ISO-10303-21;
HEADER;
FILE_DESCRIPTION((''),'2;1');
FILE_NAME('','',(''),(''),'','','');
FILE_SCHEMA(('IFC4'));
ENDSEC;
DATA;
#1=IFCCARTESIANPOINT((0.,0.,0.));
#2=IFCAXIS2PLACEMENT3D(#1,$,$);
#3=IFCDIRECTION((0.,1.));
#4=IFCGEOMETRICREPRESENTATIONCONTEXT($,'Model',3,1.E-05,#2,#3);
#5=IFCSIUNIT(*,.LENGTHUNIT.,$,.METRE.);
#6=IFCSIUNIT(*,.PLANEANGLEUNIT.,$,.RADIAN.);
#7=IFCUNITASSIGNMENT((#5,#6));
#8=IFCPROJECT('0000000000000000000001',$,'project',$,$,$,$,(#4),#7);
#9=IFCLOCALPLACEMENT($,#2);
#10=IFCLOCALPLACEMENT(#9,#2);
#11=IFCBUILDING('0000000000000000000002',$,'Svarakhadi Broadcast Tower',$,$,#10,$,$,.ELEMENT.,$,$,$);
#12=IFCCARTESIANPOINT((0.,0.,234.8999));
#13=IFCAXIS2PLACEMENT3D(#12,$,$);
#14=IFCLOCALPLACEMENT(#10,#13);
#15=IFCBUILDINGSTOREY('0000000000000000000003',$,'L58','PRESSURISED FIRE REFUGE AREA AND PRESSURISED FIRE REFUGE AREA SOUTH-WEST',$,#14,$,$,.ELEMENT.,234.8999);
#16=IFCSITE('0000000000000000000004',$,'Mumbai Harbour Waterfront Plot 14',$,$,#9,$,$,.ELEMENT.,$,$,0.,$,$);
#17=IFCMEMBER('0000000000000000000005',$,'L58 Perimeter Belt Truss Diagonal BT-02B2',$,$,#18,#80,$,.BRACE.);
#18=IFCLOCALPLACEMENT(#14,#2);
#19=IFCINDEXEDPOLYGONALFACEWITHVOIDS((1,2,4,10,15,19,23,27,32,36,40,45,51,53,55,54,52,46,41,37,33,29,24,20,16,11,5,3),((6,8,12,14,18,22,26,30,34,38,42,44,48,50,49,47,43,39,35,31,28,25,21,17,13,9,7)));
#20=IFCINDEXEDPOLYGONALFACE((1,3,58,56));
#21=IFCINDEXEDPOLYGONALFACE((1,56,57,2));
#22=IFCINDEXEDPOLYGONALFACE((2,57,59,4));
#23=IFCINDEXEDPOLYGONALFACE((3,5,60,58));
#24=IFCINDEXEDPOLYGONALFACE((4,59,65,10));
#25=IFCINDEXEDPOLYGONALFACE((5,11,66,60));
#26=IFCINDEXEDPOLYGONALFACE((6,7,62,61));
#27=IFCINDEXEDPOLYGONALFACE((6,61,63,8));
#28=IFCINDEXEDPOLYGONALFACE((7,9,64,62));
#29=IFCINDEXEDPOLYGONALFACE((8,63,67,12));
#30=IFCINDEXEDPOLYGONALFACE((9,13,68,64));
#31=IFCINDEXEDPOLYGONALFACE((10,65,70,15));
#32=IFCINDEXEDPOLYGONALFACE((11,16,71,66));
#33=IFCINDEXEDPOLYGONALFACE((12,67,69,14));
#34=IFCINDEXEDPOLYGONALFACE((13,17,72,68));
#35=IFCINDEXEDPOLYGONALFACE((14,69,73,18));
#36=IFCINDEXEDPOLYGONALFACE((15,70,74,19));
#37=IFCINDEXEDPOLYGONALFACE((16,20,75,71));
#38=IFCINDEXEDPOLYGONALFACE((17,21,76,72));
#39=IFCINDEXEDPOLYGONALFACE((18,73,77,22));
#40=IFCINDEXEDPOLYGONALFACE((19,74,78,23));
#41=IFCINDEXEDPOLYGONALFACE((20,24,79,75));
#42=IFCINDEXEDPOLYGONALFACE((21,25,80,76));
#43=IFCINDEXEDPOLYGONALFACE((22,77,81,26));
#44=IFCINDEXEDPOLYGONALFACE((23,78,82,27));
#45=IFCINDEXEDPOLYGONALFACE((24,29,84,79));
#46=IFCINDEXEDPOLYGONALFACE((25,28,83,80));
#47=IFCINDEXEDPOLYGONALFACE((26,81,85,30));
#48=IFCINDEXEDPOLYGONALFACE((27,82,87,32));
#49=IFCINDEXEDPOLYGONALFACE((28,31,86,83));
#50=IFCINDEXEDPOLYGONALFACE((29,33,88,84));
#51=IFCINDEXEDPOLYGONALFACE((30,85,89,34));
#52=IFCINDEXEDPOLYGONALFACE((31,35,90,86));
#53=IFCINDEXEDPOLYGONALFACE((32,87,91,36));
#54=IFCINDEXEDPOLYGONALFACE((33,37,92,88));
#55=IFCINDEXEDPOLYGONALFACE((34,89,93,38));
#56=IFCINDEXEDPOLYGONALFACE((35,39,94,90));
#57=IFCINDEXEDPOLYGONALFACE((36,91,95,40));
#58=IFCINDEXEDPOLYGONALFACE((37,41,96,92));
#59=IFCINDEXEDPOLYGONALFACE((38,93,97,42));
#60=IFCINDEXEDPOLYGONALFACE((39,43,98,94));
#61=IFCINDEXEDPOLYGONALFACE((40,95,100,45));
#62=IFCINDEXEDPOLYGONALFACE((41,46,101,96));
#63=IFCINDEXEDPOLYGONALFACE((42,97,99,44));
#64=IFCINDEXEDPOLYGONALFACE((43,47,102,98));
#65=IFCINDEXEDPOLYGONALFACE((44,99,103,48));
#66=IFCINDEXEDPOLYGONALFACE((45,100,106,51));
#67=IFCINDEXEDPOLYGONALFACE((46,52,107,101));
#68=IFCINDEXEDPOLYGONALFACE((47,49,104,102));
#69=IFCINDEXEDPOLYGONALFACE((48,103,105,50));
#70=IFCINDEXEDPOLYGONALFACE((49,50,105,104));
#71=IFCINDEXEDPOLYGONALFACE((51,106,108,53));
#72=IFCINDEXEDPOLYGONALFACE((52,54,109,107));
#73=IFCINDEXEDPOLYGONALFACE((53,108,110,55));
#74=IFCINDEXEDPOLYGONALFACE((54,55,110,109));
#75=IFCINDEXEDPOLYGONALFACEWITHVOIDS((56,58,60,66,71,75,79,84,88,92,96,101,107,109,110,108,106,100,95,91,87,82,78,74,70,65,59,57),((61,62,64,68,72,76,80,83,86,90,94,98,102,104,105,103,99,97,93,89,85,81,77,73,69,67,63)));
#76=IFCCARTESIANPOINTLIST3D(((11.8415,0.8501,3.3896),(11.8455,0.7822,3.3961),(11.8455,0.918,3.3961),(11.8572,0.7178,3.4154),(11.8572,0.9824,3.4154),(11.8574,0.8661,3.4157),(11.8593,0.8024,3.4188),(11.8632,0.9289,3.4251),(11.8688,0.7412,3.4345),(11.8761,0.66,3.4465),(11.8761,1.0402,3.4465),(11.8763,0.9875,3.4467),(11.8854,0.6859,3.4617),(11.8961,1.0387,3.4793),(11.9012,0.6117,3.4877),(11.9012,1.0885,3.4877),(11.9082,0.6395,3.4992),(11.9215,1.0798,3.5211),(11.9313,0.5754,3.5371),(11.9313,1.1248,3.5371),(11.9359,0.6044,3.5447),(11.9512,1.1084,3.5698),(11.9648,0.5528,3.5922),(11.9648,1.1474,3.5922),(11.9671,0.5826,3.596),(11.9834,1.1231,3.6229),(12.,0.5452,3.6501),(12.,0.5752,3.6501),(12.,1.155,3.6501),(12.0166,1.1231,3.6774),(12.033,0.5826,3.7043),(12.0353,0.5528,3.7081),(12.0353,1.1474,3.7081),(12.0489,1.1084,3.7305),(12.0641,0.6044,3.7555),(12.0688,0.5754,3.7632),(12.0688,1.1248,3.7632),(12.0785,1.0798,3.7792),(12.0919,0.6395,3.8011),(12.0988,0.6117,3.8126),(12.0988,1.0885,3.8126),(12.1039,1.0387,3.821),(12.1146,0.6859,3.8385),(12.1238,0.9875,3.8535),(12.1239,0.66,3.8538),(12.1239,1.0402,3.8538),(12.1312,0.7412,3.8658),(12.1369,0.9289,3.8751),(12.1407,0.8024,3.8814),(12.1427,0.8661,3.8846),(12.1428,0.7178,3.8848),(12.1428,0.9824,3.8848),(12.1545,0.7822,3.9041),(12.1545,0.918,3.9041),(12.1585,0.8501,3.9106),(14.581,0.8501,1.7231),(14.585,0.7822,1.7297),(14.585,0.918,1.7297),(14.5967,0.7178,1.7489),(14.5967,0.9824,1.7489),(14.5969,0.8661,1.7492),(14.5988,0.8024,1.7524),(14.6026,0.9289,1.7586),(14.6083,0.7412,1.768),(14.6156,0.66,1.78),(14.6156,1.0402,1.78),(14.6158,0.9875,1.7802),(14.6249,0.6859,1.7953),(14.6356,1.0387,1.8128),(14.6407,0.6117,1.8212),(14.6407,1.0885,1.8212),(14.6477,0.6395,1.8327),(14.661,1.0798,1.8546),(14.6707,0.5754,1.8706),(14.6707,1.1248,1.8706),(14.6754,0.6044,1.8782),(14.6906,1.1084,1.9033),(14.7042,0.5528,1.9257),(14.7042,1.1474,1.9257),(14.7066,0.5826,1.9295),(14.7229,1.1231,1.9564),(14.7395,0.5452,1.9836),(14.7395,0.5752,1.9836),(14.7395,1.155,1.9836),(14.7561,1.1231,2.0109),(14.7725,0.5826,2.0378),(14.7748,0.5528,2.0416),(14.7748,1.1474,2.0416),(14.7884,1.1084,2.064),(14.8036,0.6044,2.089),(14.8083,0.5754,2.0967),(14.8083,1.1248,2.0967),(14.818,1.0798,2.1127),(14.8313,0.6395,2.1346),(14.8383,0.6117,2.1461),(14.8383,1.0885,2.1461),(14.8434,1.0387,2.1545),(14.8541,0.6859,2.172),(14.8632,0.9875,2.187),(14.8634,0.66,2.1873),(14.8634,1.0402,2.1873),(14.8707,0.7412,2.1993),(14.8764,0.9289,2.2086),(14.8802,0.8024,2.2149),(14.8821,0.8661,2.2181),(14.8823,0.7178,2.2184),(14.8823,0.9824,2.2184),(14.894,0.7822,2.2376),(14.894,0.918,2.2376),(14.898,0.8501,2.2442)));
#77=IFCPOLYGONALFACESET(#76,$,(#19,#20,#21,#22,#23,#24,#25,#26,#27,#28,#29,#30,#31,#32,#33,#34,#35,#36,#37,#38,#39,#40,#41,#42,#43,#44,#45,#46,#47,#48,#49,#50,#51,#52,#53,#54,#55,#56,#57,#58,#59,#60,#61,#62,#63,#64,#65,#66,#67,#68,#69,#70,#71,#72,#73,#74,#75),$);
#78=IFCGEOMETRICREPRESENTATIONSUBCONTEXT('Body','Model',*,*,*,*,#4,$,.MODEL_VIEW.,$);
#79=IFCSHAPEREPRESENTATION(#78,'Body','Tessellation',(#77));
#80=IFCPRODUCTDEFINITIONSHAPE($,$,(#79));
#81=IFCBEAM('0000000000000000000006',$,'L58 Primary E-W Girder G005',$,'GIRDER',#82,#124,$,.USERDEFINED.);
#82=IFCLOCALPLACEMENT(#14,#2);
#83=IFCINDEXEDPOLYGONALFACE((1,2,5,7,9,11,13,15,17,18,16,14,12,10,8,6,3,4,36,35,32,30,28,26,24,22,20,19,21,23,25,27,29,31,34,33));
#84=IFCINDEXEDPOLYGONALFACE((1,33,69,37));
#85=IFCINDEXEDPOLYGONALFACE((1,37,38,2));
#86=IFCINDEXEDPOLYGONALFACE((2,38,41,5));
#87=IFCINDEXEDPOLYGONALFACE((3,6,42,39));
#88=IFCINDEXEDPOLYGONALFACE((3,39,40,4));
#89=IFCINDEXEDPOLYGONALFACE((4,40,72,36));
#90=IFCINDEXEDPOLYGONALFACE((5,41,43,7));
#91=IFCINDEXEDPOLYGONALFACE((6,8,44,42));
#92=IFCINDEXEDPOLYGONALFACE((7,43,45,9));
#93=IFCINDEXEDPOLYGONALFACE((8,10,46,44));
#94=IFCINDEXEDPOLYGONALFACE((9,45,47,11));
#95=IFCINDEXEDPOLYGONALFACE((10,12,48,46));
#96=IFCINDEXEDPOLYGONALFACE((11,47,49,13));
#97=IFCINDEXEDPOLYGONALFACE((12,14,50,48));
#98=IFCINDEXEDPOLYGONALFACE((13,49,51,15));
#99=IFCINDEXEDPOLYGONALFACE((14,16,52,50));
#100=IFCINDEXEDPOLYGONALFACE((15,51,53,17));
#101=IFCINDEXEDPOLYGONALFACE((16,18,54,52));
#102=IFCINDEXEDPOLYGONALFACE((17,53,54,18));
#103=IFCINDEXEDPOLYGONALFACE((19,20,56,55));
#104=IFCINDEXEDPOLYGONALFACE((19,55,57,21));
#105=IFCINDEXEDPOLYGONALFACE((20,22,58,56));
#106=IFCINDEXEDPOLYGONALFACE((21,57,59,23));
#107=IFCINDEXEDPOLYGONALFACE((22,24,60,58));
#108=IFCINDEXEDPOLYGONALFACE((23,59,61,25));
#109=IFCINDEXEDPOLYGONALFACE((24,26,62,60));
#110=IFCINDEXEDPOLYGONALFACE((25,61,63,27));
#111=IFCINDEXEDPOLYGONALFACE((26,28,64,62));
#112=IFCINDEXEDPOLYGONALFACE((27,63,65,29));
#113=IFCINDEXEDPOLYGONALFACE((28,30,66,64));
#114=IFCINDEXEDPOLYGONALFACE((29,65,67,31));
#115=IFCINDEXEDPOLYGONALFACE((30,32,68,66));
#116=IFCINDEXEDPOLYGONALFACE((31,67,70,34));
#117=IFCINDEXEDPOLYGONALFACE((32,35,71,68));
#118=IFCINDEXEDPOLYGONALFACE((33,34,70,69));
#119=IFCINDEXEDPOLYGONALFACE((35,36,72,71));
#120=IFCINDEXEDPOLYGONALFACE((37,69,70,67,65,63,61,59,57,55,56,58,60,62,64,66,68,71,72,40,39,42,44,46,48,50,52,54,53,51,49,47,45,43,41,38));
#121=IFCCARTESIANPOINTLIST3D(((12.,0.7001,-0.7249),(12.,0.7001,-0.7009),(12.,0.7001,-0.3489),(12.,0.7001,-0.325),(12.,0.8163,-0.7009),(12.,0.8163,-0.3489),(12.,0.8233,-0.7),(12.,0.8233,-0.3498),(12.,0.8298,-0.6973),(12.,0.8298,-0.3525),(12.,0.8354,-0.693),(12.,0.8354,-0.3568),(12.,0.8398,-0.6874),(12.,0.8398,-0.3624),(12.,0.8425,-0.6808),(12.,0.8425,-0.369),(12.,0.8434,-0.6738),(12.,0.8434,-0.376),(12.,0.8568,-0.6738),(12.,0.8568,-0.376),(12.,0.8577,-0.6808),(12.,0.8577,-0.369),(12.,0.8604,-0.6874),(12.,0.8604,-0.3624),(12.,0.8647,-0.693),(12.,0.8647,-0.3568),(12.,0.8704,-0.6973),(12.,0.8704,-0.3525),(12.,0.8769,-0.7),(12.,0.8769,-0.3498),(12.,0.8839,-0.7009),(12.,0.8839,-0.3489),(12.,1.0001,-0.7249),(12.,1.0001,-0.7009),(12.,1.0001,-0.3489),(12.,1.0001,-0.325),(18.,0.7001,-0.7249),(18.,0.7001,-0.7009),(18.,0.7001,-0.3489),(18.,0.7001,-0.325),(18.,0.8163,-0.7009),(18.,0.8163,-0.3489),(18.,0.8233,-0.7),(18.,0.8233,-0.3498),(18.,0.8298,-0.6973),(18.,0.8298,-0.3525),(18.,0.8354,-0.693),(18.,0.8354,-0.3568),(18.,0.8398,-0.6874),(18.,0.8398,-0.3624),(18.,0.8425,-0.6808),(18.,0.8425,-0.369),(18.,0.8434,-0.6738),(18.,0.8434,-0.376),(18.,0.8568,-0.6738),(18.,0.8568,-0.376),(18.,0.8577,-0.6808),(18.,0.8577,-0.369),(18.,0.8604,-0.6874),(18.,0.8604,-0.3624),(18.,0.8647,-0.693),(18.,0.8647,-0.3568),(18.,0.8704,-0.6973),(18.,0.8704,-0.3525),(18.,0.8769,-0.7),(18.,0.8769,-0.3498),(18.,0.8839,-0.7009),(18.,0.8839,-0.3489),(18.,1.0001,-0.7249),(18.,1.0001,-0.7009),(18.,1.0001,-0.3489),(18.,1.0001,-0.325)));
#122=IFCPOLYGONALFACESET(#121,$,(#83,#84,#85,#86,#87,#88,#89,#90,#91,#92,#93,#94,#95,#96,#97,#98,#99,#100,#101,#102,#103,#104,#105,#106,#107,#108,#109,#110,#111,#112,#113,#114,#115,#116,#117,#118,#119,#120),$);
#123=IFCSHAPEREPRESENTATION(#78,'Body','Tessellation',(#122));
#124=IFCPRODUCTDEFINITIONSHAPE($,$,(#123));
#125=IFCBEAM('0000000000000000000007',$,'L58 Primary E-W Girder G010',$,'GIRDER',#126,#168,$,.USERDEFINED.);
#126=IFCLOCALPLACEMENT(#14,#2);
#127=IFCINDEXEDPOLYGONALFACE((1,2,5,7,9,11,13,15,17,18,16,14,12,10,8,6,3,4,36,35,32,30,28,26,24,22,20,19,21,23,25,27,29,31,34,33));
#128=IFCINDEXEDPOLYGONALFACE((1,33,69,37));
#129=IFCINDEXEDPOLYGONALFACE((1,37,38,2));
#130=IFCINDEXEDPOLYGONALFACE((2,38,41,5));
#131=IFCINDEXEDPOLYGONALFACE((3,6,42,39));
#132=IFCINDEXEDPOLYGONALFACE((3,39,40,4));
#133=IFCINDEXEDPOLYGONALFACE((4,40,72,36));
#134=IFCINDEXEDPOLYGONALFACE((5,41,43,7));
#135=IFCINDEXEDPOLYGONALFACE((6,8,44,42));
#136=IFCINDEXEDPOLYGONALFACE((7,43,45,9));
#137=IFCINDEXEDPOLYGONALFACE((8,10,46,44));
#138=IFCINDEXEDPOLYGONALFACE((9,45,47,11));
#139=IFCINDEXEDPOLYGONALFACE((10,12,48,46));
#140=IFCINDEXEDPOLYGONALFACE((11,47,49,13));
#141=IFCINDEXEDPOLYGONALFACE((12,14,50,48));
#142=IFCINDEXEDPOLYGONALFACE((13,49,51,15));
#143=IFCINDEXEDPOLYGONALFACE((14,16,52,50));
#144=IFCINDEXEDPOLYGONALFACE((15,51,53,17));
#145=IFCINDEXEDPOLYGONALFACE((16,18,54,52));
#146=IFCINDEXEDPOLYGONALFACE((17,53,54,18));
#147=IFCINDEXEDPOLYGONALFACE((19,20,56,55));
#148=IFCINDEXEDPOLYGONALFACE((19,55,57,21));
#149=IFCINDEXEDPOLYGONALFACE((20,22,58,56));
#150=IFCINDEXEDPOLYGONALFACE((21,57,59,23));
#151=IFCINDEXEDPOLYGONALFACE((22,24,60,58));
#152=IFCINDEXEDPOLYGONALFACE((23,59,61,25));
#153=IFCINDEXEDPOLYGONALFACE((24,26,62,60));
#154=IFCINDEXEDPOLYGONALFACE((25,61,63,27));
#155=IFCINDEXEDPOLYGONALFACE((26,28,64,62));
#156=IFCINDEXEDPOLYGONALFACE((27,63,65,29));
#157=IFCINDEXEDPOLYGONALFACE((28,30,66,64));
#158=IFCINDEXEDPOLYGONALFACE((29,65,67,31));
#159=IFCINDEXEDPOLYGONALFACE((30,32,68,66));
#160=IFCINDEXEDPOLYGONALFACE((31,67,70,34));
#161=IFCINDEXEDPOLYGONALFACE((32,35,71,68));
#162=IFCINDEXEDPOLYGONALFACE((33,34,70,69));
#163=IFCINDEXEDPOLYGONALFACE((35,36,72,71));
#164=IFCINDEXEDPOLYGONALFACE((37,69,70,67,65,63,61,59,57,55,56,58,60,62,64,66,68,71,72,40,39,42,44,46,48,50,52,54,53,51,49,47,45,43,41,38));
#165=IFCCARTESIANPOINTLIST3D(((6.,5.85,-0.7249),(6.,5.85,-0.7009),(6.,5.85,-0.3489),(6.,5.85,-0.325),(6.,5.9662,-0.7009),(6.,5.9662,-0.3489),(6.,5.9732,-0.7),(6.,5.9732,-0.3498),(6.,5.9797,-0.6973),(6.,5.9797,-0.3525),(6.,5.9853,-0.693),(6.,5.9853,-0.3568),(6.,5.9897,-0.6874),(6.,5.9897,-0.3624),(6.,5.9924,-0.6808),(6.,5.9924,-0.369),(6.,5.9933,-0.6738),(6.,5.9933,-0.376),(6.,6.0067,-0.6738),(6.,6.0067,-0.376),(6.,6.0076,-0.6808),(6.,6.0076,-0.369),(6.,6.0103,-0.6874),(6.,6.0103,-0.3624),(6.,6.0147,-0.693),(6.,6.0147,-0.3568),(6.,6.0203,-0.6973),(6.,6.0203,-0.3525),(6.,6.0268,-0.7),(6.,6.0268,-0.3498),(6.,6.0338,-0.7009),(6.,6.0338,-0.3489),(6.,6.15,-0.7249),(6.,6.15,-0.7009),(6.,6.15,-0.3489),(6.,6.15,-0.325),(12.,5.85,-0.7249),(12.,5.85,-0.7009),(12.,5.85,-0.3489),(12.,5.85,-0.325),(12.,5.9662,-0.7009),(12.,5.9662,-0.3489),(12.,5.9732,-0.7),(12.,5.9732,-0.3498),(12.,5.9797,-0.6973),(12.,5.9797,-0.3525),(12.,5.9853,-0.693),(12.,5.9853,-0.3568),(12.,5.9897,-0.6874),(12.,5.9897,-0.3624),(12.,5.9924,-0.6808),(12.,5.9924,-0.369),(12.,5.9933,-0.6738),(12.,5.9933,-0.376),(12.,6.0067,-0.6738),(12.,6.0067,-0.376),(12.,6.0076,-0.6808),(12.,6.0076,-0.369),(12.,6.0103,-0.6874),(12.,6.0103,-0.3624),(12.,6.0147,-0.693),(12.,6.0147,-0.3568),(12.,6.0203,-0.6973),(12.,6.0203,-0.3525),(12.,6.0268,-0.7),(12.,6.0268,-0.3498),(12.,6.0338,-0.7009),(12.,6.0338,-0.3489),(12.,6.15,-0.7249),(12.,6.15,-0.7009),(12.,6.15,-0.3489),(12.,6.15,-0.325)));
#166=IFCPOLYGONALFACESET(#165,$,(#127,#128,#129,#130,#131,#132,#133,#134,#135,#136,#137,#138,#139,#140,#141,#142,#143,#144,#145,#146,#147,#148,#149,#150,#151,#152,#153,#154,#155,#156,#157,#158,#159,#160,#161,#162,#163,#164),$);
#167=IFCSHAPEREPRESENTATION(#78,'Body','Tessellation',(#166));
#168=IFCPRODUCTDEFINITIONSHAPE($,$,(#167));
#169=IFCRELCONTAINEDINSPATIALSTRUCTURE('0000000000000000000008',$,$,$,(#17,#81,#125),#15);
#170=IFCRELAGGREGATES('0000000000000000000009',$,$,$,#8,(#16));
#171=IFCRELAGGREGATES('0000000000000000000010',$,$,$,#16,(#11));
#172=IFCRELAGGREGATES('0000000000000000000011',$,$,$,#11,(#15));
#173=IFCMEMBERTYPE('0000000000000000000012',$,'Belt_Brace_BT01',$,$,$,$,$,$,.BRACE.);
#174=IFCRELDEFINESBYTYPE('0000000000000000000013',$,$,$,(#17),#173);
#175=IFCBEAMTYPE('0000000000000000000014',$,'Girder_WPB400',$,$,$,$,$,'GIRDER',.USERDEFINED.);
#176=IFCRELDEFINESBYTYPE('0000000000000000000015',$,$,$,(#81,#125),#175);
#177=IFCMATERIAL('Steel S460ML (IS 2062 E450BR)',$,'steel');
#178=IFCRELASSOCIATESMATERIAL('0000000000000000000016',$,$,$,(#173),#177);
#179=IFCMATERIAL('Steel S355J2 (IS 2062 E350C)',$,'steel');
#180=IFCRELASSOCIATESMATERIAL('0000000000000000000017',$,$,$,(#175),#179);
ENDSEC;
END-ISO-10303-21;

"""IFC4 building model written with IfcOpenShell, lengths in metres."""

from ifc_helpers import new_model, si_unit, direction, frame, origin, origin_2d, place, context, subcontext, project, spatial, hollow_circle, i_section, extrude, material, material_profile, profile_set, type_object, element, save


model = new_model("IFC4")

# Units and contexts
model_context = context("Model", 3, precision=1e-05, world=origin(), true_north=direction((0.0, 1.0)))
body_context = subcontext(model_context, "Body", "Model", "MODEL_VIEW")
ifc_project = project(units=[si_unit("LENGTHUNIT", "METRE"), si_unit("PLANEANGLEUNIT", "RADIAN")], contexts=[model_context])

# Site, building, storey
site_placement = place(None, origin())
site = spatial("IfcSite", under=ifc_project, at=site_placement, Name="Mumbai Harbour Waterfront Plot 14", CompositionType="ELEMENT", RefElevation=0.0)
building_placement = place(site_placement, origin())
building = spatial("IfcBuilding", under=site, at=building_placement, Name="Svarakhadi Broadcast Tower", CompositionType="ELEMENT")
storey_placement = place(building_placement, frame((0.0, 0.0, 234.8999)))
storey = spatial("IfcBuildingStorey", under=building, at=storey_placement, Name="L58", Description="PRESSURISED FIRE REFUGE AREA AND PRESSURISED FIRE REFUGE AREA SOUTH-WEST", CompositionType="ELEMENT", Elevation=234.8999)

# Shared definitions
ifc_material_1 = material(Name="Steel S460ML (IS 2062 E450BR)", Category="steel")

# Shared definitions
ifc_material_2 = material(Name="Steel S355J2 (IS 2062 E350C)", Category="steel")

# Member
ifc_material_profile_1 = material_profile(ifc_material_1, hollow_circle(Radius=0.3049, WallThickness=0.03, at=origin_2d()), Name="CHS 610x30")
ifc_profile_set_1 = profile_set([ifc_material_profile_1], Name="Steel S460ML (IS 2062 E450BR)")
member_type_1 = type_object("IfcMemberType", Name="Belt_Brace_BT01", PredefinedType="BRACE", material=ifc_profile_set_1)
member_1_placement = place(storey_placement, frame((14.7395, 0.8501, 1.9836), z_axis=(-0.85434, 0.0, 0.519715), x_axis=(0.0, -1.0, 0.0)))
element("IfcMember", 1, at=member_1_placement, inside=storey, type_object=member_type_1, Name="L58 Perimeter Belt Truss Diagonal BT-02B2", PredefinedType="BRACE", context=body_context, shape_type="SweptSolid", body=[
    extrude(hollow_circle(Radius=0.3049, WallThickness=0.03, at=origin_2d()), origin(), (0.0, 0.0, 1.0), 3.2065),
])

# Beams
ifc_material_profile_2 = material_profile(ifc_material_2, i_section(OverallWidth=0.3, OverallDepth=0.3999, WebThickness=0.0134, FlangeThickness=0.0239, FilletRadius=0.0271, at=origin_2d()), Name="WPB 400x300x155")
ifc_profile_set_2 = profile_set([ifc_material_profile_2], Name="Steel S355J2 (IS 2062 E350C)")
beam_type_1 = type_object("IfcBeamType", Name="Girder_WPB400", ElementType="GIRDER", PredefinedType="USERDEFINED", material=ifc_profile_set_2)
for number, where, z_axis, x_axis, name in (
    (2, (12.0, 0.8501, -0.5249), (1.0, 0.0, 0.0), (0.0, 1.0, 0.0), "L58 Primary E-W Girder G005"),
    (3, (6.0, 6.0, -0.5249), (1.0, 0.0, 0.0), (0.0, 1.0, 0.0), "L58 Primary E-W Girder G010"),
):
    element("IfcBeam", number, at=place(storey_placement, frame(where, z_axis=z_axis, x_axis=x_axis)), inside=storey, type_object=beam_type_1, Name=name, ObjectType="GIRDER", PredefinedType="USERDEFINED", context=body_context, shape_type="SweptSolid", body=[
        extrude(i_section(OverallWidth=0.3, OverallDepth=0.3999, WebThickness=0.0134, FlangeThickness=0.0239, FilletRadius=0.0271, at=origin_2d()), origin(), (0.0, 0.0, 1.0), 6.0),
    ])

save(model, "model.ifc")
